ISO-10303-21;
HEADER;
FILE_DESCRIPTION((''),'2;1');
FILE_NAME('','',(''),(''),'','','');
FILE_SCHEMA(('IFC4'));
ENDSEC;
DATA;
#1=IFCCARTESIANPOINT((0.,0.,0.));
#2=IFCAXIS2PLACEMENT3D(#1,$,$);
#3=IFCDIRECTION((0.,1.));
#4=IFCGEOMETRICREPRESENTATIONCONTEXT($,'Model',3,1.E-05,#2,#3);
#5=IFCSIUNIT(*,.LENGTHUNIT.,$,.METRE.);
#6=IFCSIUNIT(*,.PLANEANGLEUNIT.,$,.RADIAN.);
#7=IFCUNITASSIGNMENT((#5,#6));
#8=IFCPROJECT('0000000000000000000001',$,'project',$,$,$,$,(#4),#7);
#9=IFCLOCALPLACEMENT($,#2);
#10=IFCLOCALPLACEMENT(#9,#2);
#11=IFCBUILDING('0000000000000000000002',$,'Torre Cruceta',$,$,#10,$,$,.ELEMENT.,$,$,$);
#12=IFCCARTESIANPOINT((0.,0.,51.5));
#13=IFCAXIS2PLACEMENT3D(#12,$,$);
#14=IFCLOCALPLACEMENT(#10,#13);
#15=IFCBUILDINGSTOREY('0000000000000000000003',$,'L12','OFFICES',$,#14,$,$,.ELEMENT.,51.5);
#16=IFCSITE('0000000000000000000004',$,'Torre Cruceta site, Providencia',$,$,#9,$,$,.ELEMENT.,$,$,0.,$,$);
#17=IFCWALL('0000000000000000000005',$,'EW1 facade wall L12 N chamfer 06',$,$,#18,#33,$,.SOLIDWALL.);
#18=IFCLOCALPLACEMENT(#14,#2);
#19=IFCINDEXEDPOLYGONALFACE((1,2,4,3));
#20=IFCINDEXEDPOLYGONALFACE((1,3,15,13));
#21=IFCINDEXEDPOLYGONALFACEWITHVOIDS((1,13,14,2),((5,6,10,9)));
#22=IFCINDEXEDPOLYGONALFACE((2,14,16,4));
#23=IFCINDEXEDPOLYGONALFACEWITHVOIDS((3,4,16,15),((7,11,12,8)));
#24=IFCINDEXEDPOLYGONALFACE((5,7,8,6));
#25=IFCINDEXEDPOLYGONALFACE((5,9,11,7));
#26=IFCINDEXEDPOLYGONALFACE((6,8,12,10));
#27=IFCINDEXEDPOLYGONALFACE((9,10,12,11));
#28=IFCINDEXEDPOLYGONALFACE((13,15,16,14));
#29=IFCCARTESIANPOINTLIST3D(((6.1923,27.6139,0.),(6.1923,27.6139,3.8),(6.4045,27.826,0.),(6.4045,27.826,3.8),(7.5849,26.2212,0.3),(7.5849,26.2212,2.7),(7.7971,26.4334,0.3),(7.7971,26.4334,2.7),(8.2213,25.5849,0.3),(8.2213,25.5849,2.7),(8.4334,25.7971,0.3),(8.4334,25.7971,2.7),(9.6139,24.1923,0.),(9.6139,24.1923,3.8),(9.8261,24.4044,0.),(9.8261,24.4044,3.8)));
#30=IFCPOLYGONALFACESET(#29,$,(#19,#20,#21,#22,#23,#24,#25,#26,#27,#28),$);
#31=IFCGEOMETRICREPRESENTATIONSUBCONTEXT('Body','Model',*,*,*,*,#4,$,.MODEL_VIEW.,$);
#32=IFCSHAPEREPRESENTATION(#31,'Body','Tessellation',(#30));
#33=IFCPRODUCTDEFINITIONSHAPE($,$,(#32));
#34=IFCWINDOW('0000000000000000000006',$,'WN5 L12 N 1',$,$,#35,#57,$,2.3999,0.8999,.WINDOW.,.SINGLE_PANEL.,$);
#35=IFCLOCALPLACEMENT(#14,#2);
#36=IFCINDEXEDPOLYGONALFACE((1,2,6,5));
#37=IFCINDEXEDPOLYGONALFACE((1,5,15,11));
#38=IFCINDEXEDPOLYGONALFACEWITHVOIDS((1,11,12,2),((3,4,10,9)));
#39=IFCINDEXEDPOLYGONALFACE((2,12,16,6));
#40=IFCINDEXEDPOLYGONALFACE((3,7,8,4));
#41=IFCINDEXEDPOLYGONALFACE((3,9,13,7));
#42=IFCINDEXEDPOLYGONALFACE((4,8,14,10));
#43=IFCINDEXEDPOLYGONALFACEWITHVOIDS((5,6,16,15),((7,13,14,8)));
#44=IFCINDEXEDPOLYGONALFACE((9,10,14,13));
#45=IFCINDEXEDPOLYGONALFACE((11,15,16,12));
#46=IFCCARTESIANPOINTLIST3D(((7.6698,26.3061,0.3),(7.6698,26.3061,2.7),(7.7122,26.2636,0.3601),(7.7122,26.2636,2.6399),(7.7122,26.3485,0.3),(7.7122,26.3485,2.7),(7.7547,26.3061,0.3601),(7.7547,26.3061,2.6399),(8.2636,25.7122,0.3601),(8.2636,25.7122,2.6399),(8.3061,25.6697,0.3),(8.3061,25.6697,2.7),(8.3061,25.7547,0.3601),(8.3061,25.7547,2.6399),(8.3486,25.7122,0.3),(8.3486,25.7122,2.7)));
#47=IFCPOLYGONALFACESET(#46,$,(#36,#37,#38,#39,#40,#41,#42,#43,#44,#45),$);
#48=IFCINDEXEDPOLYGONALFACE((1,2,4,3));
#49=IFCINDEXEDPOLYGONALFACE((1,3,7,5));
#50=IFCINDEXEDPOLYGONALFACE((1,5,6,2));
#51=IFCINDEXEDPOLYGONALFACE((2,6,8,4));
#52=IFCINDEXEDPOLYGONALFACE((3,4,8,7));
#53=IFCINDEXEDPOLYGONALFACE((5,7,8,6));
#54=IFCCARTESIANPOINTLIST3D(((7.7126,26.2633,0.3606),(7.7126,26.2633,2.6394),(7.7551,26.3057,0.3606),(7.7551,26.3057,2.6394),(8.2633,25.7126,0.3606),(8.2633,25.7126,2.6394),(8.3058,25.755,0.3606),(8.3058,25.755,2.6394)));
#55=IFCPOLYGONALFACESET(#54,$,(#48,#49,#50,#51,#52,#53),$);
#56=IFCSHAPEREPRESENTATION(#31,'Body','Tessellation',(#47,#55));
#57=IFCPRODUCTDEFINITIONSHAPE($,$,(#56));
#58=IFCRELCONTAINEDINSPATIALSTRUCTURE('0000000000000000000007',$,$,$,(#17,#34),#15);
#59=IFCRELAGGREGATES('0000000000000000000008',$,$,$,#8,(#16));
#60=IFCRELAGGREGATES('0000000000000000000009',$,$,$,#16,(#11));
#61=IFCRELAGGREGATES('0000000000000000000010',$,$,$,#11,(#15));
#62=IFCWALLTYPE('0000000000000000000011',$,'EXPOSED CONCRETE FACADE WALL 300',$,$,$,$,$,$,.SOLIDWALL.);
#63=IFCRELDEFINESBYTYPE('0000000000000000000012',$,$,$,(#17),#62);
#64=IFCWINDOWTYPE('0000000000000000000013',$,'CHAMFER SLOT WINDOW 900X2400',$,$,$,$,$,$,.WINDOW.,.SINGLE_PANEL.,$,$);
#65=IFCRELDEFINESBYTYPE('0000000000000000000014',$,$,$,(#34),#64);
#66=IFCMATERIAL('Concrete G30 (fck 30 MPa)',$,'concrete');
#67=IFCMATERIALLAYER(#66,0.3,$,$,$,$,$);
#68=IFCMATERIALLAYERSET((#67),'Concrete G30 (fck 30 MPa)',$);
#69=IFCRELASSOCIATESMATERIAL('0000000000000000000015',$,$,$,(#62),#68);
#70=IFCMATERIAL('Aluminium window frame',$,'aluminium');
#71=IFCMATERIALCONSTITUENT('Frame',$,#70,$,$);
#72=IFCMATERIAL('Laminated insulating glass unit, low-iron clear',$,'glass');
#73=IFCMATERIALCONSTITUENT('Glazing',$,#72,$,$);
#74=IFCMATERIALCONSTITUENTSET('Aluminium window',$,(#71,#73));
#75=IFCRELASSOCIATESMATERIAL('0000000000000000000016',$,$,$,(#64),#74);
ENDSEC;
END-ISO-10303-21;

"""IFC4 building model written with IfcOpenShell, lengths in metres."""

from ifc_helpers import new_model, si_unit, direction, frame, frame_2d, origin, place, context, subcontext, project, spatial, rectangle, hollow_rectangle, extrude, material, layer, layer_set, constituent, constituent_set, type_object, element, fill, save


model = new_model("IFC4")

# Units and contexts
model_context = context("Model", 3, precision=1e-05, world=origin(), true_north=direction((0.0, 1.0)))
body_context = subcontext(model_context, "Body", "Model", "MODEL_VIEW")
ifc_project = project(units=[si_unit("LENGTHUNIT", "METRE"), si_unit("PLANEANGLEUNIT", "RADIAN")], contexts=[model_context])

# Site, building, storey
site_placement = place(None, origin())
site = spatial("IfcSite", under=ifc_project, at=site_placement, Name="Torre Cruceta site, Providencia", CompositionType="ELEMENT", RefElevation=0.0)
building_placement = place(site_placement, origin())
building = spatial("IfcBuilding", under=site, at=building_placement, Name="Torre Cruceta", CompositionType="ELEMENT")
storey_placement = place(building_placement, frame((0.0, 0.0, 51.5)))
storey = spatial("IfcBuildingStorey", under=building, at=storey_placement, Name="L12", Description="OFFICES", CompositionType="ELEMENT", Elevation=51.5)

# Wall, opening, window
ifc_material_1 = material(Name="Concrete G30 (fck 30 MPa)", Category="concrete")
ifc_layer_1 = layer(ifc_material_1, 0.3)
ifc_layer_set_1 = layer_set([ifc_layer_1], Name="Concrete G30 (fck 30 MPa)")
wall_type = type_object("IfcWallType", Name="EXPOSED CONCRETE FACADE WALL 300", PredefinedType="SOLIDWALL", material=ifc_layer_set_1)
wall_placement = place(storey_placement, frame((9.72, 24.2983, 0.0), z_axis=(0.0, 0.0, 1.0), x_axis=(-0.707107, 0.707107, 0.0)))
wall = element("IfcWall", 1, at=wall_placement, inside=storey, type_object=wall_type, Name="EW1 facade wall L12 N chamfer 06", PredefinedType="SOLIDWALL", context=body_context, shape_type="SweptSolid", body=[
    extrude(rectangle(XDim=4.8389, YDim=0.3, at=frame_2d((2.4194, 0.0))), origin(), (0.0, 0.0, 1.0), 3.8),
])
opening_placement = place(wall_placement, frame((1.9695, 0.0, 0.3)))
opening = element("IfcOpeningElement", 2, at=opening_placement, cuts=wall, PredefinedType="OPENING", context=body_context, shape_type="SweptSolid", body=[
    extrude(rectangle(XDim=0.8999, YDim=2.3999, at=frame_2d((0.45, 1.2))), frame((0.0, 0.1599, 0.0), z_axis=(0.0, -1.0, 0.0), x_axis=(1.0, 0.0, 0.0)), (0.0, 0.0, 1.0), 0.3201),
])
ifc_material_2 = material(Name="Aluminium window frame", Category="aluminium")
ifc_constituent_1 = constituent(ifc_material_2, Name="Frame")
ifc_material_3 = material(Name="Laminated insulating glass unit, low-iron clear", Category="glass")
ifc_constituent_2 = constituent(ifc_material_3, Name="Glazing")
ifc_constituent_set = constituent_set(constituents=[ifc_constituent_1, ifc_constituent_2], Name="Aluminium window")
window_type = type_object("IfcWindowType", Name="CHAMFER SLOT WINDOW 900X2400", PartitioningType="SINGLE_PANEL", PredefinedType="WINDOW", material=ifc_constituent_set)
window_placement = place(opening_placement, origin())
window = element("IfcWindow", 3, at=window_placement, inside=storey, type_object=window_type, Name="WN5 L12 N 1", OverallHeight=2.3999, OverallWidth=0.8999, PartitioningType="SINGLE_PANEL", PredefinedType="WINDOW", context=body_context, shape_type="SweptSolid", body=[
    extrude(hollow_rectangle(XDim=0.8999, YDim=2.3999, WallThickness=0.0601, at=frame_2d((0.45, 1.2))), frame((0.0, 0.03, 0.0), z_axis=(0.0, -1.0, 0.0), x_axis=(1.0, 0.0, 0.0)), (0.0, 0.0, 1.0), 0.0601),
    extrude(rectangle(XDim=0.7788, YDim=2.2788, at=frame_2d((0.45, 1.2))), frame((0.0, 0.03, 0.0), z_axis=(0.0, -1.0, 0.0), x_axis=(1.0, 0.0, 0.0)), (0.0, 0.0, 1.0), 0.0601),
])
fill(opening, window)

save(model, "model.ifc")
